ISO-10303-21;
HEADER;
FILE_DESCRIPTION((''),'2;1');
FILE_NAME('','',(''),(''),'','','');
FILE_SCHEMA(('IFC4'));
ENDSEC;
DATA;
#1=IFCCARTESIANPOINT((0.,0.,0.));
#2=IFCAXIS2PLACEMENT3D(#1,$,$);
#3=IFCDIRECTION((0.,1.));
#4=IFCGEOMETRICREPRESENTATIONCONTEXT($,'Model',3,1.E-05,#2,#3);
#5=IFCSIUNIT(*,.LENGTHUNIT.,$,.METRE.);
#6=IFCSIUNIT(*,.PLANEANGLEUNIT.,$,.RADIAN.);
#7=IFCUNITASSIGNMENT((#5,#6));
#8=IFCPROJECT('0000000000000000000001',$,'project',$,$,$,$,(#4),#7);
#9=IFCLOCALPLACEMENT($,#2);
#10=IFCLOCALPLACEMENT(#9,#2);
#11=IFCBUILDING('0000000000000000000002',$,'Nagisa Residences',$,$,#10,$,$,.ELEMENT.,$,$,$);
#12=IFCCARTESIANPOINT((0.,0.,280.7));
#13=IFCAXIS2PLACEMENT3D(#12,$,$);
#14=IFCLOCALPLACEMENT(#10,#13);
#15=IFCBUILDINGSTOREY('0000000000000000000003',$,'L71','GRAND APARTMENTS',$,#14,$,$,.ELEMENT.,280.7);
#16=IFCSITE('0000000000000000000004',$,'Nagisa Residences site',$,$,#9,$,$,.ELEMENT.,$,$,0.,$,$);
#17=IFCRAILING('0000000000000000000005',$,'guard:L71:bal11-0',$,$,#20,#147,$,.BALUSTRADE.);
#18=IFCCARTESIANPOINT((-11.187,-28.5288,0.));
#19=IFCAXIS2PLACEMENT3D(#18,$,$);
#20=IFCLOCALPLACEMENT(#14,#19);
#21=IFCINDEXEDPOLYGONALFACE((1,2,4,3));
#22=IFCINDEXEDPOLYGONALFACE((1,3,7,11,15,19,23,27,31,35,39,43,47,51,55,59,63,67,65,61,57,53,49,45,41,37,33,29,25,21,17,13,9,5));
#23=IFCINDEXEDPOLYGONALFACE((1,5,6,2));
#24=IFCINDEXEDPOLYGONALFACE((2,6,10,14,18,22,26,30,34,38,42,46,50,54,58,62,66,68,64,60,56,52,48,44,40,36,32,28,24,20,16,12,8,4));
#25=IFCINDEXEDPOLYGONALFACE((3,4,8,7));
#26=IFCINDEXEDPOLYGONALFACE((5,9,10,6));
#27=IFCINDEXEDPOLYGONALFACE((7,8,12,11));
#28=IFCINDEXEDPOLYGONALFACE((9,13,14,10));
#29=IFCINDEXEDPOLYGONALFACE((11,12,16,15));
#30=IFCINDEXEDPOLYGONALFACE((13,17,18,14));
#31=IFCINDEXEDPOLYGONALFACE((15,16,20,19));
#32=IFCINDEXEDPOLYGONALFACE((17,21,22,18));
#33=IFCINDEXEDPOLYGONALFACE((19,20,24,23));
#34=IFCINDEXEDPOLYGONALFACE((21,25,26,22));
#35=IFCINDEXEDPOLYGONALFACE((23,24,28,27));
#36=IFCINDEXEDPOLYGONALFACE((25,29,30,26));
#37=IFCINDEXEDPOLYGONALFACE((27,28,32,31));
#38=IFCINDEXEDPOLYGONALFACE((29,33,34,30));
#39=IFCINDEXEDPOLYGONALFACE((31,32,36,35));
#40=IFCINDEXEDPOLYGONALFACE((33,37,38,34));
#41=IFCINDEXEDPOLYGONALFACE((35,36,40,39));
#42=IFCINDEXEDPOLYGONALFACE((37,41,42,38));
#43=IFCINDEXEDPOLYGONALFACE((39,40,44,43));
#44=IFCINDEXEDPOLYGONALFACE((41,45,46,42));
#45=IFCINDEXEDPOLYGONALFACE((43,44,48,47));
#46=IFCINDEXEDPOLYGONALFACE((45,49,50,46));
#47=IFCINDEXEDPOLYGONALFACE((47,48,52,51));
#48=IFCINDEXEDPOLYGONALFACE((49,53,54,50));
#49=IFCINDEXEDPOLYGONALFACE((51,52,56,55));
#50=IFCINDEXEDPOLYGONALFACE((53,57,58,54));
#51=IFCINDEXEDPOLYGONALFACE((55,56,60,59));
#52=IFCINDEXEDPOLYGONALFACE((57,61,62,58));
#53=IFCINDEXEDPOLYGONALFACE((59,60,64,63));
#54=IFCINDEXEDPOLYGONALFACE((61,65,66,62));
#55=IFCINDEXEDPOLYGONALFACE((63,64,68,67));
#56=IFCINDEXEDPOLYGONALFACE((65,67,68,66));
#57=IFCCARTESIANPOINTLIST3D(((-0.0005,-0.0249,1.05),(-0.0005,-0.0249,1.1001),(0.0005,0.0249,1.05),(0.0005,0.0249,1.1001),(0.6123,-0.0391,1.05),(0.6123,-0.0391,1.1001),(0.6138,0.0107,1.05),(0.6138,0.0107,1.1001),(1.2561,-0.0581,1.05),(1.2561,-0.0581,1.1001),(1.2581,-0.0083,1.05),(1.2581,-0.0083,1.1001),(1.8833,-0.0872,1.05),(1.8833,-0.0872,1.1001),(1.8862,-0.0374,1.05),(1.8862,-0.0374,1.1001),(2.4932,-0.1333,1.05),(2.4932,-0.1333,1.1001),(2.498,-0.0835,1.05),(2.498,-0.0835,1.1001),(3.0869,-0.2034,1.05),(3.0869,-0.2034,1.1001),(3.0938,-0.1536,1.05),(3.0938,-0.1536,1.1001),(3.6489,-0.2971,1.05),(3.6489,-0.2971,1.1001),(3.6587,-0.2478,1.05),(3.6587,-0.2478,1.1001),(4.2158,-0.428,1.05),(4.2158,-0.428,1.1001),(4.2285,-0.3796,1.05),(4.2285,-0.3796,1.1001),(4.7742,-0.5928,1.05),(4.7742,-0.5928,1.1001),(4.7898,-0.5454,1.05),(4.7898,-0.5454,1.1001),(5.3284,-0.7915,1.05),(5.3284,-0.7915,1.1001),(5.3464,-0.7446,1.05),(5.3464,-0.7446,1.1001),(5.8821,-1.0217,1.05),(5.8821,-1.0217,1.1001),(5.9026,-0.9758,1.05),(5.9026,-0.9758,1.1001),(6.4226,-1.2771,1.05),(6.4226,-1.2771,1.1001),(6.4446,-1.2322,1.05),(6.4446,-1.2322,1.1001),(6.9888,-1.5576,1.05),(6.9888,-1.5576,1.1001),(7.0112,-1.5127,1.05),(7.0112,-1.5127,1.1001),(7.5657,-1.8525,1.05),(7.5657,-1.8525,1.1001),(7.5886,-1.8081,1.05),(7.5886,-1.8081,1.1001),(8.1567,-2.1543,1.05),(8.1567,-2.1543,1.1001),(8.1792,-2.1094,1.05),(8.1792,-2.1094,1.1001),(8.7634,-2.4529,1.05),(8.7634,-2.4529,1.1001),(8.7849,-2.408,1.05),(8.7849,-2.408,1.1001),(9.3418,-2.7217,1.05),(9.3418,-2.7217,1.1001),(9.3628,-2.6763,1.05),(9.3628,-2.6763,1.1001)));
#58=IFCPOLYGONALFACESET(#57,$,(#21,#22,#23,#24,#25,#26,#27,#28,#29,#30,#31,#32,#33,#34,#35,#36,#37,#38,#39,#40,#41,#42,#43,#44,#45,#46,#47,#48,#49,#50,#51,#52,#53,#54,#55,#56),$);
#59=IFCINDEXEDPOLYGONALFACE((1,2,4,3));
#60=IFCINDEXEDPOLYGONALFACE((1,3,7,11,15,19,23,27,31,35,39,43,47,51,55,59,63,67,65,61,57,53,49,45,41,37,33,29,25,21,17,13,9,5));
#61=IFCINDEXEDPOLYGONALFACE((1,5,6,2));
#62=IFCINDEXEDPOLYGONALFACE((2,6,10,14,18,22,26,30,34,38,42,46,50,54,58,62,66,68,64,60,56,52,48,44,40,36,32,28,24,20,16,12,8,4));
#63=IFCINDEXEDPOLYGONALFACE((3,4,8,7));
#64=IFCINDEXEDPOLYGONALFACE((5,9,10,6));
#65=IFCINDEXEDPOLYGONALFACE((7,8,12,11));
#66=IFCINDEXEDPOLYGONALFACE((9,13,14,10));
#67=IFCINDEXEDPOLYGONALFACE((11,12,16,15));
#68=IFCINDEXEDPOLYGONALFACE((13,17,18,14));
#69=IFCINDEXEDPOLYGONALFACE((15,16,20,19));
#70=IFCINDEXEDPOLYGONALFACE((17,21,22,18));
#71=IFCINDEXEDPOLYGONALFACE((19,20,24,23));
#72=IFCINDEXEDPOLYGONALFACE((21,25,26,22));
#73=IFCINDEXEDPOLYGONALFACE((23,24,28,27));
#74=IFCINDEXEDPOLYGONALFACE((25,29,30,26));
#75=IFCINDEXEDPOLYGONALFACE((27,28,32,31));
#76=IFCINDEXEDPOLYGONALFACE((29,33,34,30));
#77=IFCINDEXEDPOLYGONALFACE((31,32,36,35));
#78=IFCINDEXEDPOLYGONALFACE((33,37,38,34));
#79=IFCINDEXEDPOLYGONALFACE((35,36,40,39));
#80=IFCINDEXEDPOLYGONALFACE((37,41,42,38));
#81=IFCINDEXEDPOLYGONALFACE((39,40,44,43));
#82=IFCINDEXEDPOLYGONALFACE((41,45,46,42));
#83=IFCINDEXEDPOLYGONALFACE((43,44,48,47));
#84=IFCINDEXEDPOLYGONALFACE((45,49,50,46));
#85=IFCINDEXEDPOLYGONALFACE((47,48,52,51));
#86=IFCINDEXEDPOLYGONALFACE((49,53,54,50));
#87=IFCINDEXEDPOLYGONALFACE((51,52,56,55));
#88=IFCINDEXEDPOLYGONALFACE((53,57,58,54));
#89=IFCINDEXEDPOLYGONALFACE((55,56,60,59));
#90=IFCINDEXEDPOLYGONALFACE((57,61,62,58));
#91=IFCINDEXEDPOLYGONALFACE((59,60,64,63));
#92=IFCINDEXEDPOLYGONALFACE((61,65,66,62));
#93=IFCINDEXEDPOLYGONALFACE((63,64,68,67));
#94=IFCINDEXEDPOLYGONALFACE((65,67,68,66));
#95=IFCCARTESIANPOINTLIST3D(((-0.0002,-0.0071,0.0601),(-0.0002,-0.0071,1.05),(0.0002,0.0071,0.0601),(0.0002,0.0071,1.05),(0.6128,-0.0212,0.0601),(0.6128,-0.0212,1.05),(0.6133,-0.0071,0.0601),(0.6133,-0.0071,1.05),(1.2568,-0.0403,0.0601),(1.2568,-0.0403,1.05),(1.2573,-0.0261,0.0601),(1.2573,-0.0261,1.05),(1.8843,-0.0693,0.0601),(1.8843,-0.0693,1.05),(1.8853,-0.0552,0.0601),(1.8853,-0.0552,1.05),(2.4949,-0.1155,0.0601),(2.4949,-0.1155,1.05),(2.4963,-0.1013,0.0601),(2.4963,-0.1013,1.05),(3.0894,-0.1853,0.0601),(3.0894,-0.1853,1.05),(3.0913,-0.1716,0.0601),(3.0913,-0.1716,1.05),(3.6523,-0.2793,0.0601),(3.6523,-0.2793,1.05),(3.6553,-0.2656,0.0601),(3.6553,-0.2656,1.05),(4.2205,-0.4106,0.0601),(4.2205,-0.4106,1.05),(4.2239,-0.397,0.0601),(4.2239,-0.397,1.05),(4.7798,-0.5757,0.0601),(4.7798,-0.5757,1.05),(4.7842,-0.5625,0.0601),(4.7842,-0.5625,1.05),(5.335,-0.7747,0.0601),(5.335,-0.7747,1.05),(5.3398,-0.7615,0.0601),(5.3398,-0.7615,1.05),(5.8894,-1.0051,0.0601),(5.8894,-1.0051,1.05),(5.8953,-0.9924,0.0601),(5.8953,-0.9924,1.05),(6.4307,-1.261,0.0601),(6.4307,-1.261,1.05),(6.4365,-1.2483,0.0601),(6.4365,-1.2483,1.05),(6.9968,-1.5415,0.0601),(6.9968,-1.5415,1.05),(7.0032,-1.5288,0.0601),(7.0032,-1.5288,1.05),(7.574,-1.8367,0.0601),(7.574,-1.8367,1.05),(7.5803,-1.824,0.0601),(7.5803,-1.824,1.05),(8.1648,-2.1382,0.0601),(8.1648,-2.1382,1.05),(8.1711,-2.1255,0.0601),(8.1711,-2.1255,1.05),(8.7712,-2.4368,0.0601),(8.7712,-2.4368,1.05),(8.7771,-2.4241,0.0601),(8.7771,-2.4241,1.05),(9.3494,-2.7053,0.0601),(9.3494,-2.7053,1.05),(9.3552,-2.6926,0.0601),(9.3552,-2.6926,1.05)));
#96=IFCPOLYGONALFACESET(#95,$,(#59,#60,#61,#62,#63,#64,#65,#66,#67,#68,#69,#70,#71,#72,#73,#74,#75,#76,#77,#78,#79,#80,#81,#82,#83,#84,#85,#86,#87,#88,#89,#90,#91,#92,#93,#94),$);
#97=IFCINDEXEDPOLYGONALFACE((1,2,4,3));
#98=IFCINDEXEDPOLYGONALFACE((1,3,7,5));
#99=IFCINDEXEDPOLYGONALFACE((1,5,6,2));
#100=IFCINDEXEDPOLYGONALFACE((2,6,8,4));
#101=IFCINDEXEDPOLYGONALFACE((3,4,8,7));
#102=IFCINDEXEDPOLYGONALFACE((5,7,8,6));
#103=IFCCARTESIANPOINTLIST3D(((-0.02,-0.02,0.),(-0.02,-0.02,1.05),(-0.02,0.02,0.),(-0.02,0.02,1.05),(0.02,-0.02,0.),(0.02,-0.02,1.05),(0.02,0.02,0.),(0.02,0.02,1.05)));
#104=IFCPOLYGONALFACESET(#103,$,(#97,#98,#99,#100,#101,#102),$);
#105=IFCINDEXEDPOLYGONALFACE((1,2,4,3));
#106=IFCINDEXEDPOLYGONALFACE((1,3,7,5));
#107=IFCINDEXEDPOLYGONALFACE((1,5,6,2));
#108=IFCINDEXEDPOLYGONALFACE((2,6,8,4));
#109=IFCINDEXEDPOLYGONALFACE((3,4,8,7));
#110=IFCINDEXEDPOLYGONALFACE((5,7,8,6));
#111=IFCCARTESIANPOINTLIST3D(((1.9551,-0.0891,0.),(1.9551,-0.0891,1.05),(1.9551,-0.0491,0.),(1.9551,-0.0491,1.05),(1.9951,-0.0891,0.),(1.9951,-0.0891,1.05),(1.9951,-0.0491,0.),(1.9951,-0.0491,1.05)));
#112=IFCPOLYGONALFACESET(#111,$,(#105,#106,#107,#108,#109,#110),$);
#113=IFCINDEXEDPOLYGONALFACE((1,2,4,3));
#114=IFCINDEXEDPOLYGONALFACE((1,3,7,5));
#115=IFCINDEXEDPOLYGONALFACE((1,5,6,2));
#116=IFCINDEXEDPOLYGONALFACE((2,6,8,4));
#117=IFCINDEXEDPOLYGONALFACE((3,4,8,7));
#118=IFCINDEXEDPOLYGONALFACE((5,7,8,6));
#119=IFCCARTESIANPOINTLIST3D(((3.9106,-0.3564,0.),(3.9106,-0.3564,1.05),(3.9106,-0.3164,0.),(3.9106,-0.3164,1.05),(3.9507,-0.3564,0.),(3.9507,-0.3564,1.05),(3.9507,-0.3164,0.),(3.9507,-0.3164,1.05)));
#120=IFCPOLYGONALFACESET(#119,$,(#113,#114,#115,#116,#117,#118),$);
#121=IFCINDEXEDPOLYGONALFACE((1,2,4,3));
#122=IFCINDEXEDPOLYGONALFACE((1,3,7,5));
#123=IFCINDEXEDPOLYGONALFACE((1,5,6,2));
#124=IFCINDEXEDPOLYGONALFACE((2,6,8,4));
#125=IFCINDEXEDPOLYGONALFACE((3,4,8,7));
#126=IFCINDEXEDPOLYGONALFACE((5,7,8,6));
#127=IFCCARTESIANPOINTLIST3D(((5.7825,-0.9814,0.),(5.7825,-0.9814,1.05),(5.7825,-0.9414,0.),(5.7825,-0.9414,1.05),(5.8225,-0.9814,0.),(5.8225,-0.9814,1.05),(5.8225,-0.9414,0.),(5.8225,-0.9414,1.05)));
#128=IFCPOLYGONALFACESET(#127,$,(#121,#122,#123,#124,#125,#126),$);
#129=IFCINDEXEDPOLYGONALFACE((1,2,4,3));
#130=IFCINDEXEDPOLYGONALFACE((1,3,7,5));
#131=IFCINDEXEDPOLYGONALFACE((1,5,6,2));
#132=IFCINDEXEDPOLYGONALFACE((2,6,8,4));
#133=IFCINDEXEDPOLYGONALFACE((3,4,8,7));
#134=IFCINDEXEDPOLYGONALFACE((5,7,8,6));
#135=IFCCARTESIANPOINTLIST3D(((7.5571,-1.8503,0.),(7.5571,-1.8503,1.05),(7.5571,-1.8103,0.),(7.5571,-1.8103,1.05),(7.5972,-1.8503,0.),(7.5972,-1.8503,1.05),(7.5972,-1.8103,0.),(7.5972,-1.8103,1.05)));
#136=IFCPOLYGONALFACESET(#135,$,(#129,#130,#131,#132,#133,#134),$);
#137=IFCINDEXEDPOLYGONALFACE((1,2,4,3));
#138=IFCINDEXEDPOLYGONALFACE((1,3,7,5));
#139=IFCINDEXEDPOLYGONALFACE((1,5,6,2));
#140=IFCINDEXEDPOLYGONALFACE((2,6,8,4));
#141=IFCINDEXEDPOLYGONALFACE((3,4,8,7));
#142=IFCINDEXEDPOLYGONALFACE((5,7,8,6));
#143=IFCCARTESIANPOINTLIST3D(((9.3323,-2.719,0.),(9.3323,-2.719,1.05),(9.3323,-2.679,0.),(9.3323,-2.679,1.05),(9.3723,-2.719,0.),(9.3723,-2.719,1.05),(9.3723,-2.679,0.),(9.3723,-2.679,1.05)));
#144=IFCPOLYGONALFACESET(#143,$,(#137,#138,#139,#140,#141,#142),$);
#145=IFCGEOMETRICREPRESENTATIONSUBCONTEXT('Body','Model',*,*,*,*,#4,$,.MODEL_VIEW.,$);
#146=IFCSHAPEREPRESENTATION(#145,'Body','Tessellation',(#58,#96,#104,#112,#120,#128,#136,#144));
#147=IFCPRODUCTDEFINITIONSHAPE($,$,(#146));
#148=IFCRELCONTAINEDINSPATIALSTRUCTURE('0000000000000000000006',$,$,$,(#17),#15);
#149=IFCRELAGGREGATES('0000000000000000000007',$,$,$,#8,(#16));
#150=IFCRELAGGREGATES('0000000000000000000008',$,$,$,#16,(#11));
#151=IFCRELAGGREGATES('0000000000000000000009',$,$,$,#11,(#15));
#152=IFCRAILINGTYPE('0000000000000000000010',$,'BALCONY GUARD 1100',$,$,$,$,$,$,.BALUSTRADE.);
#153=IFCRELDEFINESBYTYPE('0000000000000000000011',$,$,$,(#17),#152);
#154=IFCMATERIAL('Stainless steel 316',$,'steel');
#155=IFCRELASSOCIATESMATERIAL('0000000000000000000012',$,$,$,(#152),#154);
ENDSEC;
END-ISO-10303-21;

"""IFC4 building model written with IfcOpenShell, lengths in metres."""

from ifc_helpers import new_model, si_unit, direction, frame, origin, origin_2d, place, context, subcontext, project, spatial, polyline, rectangle, outline, extrude, material, type_object, element, save


model = new_model("IFC4")

# Units and contexts
model_context = context("Model", 3, precision=1e-05, world=origin(), true_north=direction((0.0, 1.0)))
body_context = subcontext(model_context, "Body", "Model", "MODEL_VIEW")
ifc_project = project(units=[si_unit("LENGTHUNIT", "METRE"), si_unit("PLANEANGLEUNIT", "RADIAN")], contexts=[model_context])

# Site, building, storey
site_placement = place(None, origin())
site = spatial("IfcSite", under=ifc_project, at=site_placement, Name="Nagisa Residences site", CompositionType="ELEMENT", RefElevation=0.0)
building_placement = place(site_placement, origin())
building = spatial("IfcBuilding", under=site, at=building_placement, Name="Nagisa Residences", CompositionType="ELEMENT")
storey_placement = place(building_placement, frame((0.0, 0.0, 280.7)))
storey = spatial("IfcBuildingStorey", under=building, at=storey_placement, Name="L71", Description="GRAND APARTMENTS", CompositionType="ELEMENT", Elevation=280.7)

# Railing
ifc_material_1 = material(Name="Stainless steel 316", Category="steel")
railing_type = type_object("IfcRailingType", Name="BALCONY GUARD 1100", PredefinedType="BALUSTRADE", material=ifc_material_1)
railing_1_placement = place(storey_placement, frame((-11.187, -28.5288, 0.0)))
element("IfcRailing", 1, at=railing_1_placement, inside=storey, type_object=railing_type, Name="guard:L71:bal11-0", PredefinedType="BALUSTRADE", context=body_context, shape_type="SweptSolid", body=[
    extrude(outline(polyline([(0.6138, 0.0107), (0.0005, 0.0249), (-0.0005, -0.0249), (0.6123, -0.0391), (1.2561, -0.0581), (1.8833, -0.0872), (2.4932, -0.1333), (3.0869, -0.2034), (3.6489, -0.2971), (4.2158, -0.428), (4.7742, -0.5928), (5.3284, -0.7915), (5.8821, -1.0217), (6.4226, -1.2771), (6.9888, -1.5576), (7.5657, -1.8525), (8.1567, -2.1543), (8.7634, -2.4529), (9.3418, -2.7217), (9.3628, -2.6763), (8.7849, -2.408), (8.1792, -2.1094), (7.5886, -1.8081), (7.0112, -1.5127), (6.4446, -1.2322), (5.9026, -0.9758), (5.3464, -0.7446), (4.7898, -0.5454), (4.2285, -0.3796), (3.6587, -0.2478), (3.0938, -0.1536), (2.498, -0.0835), (1.8862, -0.0374), (1.2581, -0.0083), (0.6138, 0.0107)])), frame((0.0, 0.0, 1.05)), (0.0, 0.0, 1.0), 0.05),
    extrude(outline(polyline([(0.6133, -0.0071), (0.0002, 0.0071), (-0.0002, -0.0071), (0.6128, -0.0212), (1.2568, -0.0403), (1.8843, -0.0693), (2.4949, -0.1155), (3.0894, -0.1853), (3.6523, -0.2793), (4.2205, -0.4106), (4.7798, -0.5757), (5.335, -0.7747), (5.8894, -1.0051), (6.4307, -1.261), (6.9968, -1.5415), (7.574, -1.8367), (8.1648, -2.1382), (8.7712, -2.4368), (9.3494, -2.7053), (9.3552, -2.6926), (8.7771, -2.4241), (8.1711, -2.1255), (7.5803, -1.824), (7.0032, -1.5288), (6.4365, -1.2483), (5.8953, -0.9924), (5.3398, -0.7615), (4.7842, -0.5625), (4.2239, -0.397), (3.6553, -0.2656), (3.0913, -0.1716), (2.4963, -0.1013), (1.8853, -0.0552), (1.2573, -0.0261), (0.6133, -0.0071)])), frame((0.0, 0.0, 0.0601)), (0.0, 0.0, 1.0), 0.99),
    extrude(rectangle(XDim=0.04, YDim=0.04, at=origin_2d()), origin(), (0.0, 0.0, 1.0), 1.05),
    extrude(rectangle(XDim=0.04, YDim=0.04, at=origin_2d()), frame((1.9751, -0.0691, 0.0)), (0.0, 0.0, 1.0), 1.05),
    extrude(rectangle(XDim=0.04, YDim=0.04, at=origin_2d()), frame((3.9307, -0.3364, 0.0)), (0.0, 0.0, 1.0), 1.05),
    extrude(rectangle(XDim=0.04, YDim=0.04, at=origin_2d()), frame((5.8025, -0.9614, 0.0)), (0.0, 0.0, 1.0), 1.05),
    extrude(rectangle(XDim=0.04, YDim=0.04, at=origin_2d()), frame((7.5771, -1.8303, 0.0)), (0.0, 0.0, 1.0), 1.05),
    extrude(rectangle(XDim=0.04, YDim=0.04, at=origin_2d()), frame((9.3523, -2.699, 0.0)), (0.0, 0.0, 1.0), 1.05),
])

save(model, "model.ifc")
